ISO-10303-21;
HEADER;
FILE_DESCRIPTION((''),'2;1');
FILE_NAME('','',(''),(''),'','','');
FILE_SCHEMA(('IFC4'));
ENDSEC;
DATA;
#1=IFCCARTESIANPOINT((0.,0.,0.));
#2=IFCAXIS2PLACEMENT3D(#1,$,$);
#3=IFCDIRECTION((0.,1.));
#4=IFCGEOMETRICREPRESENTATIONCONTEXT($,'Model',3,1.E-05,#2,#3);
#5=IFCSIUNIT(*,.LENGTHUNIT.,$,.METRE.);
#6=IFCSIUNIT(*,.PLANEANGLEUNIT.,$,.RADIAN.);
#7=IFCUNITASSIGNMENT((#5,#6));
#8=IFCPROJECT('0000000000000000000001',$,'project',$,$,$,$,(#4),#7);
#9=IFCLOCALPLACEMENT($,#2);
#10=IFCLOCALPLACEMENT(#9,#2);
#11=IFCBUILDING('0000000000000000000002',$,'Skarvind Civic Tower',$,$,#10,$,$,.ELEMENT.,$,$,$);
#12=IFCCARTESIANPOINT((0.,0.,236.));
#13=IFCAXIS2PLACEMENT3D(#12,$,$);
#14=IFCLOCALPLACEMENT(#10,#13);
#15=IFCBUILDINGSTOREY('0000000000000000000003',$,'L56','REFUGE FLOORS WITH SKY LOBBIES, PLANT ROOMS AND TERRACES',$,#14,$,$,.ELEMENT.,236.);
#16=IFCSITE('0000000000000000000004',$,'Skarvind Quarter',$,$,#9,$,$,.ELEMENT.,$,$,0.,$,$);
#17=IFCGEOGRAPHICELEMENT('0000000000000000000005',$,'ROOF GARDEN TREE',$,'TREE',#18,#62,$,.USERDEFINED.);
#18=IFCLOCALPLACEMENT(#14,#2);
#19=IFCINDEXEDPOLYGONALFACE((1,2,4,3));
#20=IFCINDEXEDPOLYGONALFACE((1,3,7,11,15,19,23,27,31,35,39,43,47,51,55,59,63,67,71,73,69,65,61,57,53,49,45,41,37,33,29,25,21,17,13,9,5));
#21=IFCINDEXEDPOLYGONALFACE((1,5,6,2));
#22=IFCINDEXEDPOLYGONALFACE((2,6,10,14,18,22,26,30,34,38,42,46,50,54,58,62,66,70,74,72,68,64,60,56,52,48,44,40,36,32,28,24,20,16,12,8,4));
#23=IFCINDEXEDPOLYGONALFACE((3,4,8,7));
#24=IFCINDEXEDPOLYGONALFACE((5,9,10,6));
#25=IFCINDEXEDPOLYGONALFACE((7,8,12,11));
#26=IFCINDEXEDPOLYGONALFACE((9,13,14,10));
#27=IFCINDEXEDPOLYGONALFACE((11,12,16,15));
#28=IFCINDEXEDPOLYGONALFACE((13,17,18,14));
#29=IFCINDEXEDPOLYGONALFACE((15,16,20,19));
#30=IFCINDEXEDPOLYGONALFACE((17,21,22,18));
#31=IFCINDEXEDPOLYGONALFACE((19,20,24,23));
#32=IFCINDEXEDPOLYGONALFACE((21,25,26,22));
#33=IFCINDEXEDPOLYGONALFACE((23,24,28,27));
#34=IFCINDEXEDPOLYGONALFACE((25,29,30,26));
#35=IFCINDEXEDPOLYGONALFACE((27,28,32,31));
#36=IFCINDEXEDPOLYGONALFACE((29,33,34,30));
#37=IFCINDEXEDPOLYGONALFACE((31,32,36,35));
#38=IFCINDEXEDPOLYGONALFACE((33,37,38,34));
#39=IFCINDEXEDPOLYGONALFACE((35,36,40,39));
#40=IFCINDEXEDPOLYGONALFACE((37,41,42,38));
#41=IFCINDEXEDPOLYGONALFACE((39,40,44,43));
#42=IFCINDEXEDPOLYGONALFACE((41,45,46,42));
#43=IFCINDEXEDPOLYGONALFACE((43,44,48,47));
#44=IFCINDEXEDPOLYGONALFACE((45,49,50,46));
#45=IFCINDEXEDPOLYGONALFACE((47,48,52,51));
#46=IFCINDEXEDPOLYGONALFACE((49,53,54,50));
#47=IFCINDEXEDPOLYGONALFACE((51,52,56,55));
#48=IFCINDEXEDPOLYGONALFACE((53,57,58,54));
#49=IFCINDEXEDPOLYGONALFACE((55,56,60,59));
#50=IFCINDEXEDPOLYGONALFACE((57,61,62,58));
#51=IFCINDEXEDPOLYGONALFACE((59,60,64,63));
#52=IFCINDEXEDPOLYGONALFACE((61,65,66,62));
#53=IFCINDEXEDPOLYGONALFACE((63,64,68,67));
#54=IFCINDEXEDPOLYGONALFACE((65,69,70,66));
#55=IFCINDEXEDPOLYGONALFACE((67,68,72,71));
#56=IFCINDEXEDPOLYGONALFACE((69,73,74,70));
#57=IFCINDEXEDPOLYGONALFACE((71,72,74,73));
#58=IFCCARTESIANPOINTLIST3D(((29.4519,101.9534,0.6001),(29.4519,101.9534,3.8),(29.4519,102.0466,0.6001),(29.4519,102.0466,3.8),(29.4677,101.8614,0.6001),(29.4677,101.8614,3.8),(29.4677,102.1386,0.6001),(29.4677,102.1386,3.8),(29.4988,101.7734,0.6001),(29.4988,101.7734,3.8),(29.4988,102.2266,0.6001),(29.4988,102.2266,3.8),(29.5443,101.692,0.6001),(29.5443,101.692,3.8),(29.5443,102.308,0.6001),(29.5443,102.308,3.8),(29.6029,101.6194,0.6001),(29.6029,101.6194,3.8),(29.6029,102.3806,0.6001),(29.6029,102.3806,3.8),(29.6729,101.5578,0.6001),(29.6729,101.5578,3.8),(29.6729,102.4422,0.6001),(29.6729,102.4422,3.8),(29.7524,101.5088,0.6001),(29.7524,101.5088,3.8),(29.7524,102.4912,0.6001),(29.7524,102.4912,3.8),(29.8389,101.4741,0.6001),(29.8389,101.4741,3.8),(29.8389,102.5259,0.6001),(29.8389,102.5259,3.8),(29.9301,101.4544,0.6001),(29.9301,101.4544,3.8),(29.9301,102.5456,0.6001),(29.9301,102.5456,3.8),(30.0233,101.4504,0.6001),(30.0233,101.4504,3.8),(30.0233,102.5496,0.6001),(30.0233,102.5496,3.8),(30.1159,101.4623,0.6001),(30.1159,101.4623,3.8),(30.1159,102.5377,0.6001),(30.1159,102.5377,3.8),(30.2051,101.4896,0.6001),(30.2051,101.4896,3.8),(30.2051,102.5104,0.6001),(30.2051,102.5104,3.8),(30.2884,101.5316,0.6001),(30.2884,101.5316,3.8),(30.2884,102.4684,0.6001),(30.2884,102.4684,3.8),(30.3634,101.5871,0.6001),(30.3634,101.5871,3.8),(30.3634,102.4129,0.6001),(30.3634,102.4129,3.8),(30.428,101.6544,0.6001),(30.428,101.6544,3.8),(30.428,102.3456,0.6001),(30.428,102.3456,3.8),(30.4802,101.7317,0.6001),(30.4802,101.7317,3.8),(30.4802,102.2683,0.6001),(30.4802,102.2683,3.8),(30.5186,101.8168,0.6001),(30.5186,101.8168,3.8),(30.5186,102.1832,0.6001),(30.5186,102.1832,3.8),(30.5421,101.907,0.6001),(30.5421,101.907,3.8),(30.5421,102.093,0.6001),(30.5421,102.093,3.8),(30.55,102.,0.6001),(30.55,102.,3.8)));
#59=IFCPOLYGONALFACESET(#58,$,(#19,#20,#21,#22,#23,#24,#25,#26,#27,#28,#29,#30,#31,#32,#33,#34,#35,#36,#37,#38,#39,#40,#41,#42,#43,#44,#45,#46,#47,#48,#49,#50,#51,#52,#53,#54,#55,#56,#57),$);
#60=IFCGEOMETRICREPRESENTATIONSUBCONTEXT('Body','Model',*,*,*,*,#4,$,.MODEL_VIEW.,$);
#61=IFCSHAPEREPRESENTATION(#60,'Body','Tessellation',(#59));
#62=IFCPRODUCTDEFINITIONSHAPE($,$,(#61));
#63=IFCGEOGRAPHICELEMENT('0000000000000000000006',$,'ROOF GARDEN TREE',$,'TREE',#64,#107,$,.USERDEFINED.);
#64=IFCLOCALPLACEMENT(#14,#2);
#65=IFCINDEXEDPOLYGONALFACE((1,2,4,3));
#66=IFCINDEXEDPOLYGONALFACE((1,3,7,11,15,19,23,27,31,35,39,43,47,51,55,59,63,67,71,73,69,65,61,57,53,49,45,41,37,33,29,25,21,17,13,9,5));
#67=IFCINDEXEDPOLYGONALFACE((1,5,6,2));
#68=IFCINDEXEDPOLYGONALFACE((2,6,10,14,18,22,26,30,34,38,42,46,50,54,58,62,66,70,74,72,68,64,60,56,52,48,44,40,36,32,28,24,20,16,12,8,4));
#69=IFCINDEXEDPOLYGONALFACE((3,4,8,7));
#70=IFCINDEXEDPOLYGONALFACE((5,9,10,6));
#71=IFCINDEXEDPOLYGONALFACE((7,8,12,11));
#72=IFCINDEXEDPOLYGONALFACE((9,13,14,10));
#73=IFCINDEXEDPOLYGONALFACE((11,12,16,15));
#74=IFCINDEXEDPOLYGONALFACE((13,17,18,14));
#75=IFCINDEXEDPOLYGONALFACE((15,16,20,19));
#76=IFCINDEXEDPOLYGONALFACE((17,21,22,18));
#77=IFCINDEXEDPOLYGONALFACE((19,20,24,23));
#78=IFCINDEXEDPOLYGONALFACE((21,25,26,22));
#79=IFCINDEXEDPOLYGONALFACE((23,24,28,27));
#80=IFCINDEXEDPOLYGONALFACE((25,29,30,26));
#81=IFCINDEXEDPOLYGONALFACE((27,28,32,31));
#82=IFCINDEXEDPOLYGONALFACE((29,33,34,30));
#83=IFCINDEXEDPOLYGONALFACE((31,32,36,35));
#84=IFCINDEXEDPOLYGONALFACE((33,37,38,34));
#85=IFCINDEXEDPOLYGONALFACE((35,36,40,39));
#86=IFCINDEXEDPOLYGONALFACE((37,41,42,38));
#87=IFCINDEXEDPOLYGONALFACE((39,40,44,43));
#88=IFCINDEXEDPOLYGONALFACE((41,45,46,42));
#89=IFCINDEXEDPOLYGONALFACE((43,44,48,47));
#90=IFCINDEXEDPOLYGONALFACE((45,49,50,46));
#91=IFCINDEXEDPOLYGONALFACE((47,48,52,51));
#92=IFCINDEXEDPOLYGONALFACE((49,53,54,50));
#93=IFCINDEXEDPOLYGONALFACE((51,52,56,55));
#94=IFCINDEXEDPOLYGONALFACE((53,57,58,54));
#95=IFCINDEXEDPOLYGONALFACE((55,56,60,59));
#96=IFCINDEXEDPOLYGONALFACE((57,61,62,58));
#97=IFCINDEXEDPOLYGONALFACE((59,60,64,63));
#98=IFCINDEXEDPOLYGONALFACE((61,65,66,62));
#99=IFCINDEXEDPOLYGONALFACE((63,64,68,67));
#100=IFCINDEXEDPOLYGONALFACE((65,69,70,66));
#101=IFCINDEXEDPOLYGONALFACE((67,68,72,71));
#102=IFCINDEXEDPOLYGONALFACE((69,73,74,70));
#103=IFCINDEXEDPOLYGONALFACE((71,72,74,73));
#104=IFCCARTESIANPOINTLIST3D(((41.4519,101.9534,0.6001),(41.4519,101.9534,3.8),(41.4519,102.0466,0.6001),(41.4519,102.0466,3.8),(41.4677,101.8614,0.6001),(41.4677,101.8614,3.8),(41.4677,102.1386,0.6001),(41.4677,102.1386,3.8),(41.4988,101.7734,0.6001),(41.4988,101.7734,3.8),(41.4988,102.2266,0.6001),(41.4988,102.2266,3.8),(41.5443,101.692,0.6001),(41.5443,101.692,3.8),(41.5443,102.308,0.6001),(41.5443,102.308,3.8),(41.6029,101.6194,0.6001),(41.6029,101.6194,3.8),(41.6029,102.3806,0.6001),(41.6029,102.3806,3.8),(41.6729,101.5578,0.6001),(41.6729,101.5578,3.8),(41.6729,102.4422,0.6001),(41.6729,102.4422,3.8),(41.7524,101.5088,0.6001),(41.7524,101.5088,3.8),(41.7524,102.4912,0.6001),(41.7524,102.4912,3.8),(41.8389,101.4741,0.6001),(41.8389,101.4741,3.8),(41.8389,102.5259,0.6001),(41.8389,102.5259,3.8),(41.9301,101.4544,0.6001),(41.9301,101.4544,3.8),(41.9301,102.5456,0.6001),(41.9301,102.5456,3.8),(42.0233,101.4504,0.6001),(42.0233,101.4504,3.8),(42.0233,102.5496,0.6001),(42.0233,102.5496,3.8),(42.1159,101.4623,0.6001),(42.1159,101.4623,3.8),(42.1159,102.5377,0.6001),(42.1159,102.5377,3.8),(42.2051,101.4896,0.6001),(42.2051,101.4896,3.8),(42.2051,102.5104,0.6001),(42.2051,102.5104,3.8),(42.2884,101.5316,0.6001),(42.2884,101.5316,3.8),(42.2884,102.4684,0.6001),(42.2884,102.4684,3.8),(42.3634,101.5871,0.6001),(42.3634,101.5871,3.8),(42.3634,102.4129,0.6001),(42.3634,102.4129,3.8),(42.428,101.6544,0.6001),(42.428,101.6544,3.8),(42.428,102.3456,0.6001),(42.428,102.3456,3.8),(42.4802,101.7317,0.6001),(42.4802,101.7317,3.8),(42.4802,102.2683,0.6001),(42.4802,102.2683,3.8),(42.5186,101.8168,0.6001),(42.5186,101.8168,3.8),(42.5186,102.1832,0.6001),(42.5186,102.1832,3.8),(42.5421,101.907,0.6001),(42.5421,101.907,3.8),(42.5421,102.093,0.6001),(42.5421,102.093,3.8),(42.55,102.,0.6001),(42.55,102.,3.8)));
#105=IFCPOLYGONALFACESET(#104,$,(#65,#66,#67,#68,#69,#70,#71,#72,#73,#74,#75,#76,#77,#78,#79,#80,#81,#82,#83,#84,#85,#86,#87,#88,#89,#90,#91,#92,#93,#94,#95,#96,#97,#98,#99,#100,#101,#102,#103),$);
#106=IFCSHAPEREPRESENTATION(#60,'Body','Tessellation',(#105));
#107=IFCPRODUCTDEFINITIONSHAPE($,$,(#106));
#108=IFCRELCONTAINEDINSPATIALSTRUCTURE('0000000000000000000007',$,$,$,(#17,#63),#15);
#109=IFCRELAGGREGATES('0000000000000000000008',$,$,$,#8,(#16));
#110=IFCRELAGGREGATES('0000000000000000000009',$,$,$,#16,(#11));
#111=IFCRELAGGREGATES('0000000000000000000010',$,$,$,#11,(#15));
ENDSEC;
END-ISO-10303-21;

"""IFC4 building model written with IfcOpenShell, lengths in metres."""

from ifc_helpers import new_model, si_unit, direction, frame, origin, origin_2d, place, context, subcontext, project, spatial, circle, extrude, element, save


model = new_model("IFC4")

# Units and contexts
model_context = context("Model", 3, precision=1e-05, world=origin(), true_north=direction((0.0, 1.0)))
body_context = subcontext(model_context, "Body", "Model", "MODEL_VIEW")
ifc_project = project(units=[si_unit("LENGTHUNIT", "METRE"), si_unit("PLANEANGLEUNIT", "RADIAN")], contexts=[model_context])

# Site, building, storey
site_placement = place(None, origin())
site = spatial("IfcSite", under=ifc_project, at=site_placement, Name="Skarvind Quarter", CompositionType="ELEMENT", RefElevation=0.0)
building_placement = place(site_placement, origin())
building = spatial("IfcBuilding", under=site, at=building_placement, Name="Skarvind Civic Tower", CompositionType="ELEMENT")
storey_placement = place(building_placement, frame((0.0, 0.0, 236.0)))
storey = spatial("IfcBuildingStorey", under=building, at=storey_placement, Name="L56", Description="REFUGE FLOORS WITH SKY LOBBIES, PLANT ROOMS AND TERRACES", CompositionType="ELEMENT", Elevation=236.0)

# Geographic elements
for number, where, z_axis, x_axis, name in (
    (1, (30.0, 102.0, 0.6001), (0.0, 0.0, 1.0), (1.0, 0.0, 0.0), "ROOF GARDEN TREE"),
    (2, (42.0, 102.0, 0.6001), (0.0, 0.0, 1.0), (1.0, 0.0, 0.0), "ROOF GARDEN TREE"),
):
    element("IfcGeographicElement", number, at=place(storey_placement, frame(where, z_axis=z_axis, x_axis=x_axis)), inside=storey, Name=name, ObjectType="TREE", PredefinedType="USERDEFINED", context=body_context, shape_type="SweptSolid", body=[
        extrude(circle(Radius=0.55, at=origin_2d()), origin(), (0.0, 0.0, 1.0), 3.2),
    ])

save(model, "model.ifc")
